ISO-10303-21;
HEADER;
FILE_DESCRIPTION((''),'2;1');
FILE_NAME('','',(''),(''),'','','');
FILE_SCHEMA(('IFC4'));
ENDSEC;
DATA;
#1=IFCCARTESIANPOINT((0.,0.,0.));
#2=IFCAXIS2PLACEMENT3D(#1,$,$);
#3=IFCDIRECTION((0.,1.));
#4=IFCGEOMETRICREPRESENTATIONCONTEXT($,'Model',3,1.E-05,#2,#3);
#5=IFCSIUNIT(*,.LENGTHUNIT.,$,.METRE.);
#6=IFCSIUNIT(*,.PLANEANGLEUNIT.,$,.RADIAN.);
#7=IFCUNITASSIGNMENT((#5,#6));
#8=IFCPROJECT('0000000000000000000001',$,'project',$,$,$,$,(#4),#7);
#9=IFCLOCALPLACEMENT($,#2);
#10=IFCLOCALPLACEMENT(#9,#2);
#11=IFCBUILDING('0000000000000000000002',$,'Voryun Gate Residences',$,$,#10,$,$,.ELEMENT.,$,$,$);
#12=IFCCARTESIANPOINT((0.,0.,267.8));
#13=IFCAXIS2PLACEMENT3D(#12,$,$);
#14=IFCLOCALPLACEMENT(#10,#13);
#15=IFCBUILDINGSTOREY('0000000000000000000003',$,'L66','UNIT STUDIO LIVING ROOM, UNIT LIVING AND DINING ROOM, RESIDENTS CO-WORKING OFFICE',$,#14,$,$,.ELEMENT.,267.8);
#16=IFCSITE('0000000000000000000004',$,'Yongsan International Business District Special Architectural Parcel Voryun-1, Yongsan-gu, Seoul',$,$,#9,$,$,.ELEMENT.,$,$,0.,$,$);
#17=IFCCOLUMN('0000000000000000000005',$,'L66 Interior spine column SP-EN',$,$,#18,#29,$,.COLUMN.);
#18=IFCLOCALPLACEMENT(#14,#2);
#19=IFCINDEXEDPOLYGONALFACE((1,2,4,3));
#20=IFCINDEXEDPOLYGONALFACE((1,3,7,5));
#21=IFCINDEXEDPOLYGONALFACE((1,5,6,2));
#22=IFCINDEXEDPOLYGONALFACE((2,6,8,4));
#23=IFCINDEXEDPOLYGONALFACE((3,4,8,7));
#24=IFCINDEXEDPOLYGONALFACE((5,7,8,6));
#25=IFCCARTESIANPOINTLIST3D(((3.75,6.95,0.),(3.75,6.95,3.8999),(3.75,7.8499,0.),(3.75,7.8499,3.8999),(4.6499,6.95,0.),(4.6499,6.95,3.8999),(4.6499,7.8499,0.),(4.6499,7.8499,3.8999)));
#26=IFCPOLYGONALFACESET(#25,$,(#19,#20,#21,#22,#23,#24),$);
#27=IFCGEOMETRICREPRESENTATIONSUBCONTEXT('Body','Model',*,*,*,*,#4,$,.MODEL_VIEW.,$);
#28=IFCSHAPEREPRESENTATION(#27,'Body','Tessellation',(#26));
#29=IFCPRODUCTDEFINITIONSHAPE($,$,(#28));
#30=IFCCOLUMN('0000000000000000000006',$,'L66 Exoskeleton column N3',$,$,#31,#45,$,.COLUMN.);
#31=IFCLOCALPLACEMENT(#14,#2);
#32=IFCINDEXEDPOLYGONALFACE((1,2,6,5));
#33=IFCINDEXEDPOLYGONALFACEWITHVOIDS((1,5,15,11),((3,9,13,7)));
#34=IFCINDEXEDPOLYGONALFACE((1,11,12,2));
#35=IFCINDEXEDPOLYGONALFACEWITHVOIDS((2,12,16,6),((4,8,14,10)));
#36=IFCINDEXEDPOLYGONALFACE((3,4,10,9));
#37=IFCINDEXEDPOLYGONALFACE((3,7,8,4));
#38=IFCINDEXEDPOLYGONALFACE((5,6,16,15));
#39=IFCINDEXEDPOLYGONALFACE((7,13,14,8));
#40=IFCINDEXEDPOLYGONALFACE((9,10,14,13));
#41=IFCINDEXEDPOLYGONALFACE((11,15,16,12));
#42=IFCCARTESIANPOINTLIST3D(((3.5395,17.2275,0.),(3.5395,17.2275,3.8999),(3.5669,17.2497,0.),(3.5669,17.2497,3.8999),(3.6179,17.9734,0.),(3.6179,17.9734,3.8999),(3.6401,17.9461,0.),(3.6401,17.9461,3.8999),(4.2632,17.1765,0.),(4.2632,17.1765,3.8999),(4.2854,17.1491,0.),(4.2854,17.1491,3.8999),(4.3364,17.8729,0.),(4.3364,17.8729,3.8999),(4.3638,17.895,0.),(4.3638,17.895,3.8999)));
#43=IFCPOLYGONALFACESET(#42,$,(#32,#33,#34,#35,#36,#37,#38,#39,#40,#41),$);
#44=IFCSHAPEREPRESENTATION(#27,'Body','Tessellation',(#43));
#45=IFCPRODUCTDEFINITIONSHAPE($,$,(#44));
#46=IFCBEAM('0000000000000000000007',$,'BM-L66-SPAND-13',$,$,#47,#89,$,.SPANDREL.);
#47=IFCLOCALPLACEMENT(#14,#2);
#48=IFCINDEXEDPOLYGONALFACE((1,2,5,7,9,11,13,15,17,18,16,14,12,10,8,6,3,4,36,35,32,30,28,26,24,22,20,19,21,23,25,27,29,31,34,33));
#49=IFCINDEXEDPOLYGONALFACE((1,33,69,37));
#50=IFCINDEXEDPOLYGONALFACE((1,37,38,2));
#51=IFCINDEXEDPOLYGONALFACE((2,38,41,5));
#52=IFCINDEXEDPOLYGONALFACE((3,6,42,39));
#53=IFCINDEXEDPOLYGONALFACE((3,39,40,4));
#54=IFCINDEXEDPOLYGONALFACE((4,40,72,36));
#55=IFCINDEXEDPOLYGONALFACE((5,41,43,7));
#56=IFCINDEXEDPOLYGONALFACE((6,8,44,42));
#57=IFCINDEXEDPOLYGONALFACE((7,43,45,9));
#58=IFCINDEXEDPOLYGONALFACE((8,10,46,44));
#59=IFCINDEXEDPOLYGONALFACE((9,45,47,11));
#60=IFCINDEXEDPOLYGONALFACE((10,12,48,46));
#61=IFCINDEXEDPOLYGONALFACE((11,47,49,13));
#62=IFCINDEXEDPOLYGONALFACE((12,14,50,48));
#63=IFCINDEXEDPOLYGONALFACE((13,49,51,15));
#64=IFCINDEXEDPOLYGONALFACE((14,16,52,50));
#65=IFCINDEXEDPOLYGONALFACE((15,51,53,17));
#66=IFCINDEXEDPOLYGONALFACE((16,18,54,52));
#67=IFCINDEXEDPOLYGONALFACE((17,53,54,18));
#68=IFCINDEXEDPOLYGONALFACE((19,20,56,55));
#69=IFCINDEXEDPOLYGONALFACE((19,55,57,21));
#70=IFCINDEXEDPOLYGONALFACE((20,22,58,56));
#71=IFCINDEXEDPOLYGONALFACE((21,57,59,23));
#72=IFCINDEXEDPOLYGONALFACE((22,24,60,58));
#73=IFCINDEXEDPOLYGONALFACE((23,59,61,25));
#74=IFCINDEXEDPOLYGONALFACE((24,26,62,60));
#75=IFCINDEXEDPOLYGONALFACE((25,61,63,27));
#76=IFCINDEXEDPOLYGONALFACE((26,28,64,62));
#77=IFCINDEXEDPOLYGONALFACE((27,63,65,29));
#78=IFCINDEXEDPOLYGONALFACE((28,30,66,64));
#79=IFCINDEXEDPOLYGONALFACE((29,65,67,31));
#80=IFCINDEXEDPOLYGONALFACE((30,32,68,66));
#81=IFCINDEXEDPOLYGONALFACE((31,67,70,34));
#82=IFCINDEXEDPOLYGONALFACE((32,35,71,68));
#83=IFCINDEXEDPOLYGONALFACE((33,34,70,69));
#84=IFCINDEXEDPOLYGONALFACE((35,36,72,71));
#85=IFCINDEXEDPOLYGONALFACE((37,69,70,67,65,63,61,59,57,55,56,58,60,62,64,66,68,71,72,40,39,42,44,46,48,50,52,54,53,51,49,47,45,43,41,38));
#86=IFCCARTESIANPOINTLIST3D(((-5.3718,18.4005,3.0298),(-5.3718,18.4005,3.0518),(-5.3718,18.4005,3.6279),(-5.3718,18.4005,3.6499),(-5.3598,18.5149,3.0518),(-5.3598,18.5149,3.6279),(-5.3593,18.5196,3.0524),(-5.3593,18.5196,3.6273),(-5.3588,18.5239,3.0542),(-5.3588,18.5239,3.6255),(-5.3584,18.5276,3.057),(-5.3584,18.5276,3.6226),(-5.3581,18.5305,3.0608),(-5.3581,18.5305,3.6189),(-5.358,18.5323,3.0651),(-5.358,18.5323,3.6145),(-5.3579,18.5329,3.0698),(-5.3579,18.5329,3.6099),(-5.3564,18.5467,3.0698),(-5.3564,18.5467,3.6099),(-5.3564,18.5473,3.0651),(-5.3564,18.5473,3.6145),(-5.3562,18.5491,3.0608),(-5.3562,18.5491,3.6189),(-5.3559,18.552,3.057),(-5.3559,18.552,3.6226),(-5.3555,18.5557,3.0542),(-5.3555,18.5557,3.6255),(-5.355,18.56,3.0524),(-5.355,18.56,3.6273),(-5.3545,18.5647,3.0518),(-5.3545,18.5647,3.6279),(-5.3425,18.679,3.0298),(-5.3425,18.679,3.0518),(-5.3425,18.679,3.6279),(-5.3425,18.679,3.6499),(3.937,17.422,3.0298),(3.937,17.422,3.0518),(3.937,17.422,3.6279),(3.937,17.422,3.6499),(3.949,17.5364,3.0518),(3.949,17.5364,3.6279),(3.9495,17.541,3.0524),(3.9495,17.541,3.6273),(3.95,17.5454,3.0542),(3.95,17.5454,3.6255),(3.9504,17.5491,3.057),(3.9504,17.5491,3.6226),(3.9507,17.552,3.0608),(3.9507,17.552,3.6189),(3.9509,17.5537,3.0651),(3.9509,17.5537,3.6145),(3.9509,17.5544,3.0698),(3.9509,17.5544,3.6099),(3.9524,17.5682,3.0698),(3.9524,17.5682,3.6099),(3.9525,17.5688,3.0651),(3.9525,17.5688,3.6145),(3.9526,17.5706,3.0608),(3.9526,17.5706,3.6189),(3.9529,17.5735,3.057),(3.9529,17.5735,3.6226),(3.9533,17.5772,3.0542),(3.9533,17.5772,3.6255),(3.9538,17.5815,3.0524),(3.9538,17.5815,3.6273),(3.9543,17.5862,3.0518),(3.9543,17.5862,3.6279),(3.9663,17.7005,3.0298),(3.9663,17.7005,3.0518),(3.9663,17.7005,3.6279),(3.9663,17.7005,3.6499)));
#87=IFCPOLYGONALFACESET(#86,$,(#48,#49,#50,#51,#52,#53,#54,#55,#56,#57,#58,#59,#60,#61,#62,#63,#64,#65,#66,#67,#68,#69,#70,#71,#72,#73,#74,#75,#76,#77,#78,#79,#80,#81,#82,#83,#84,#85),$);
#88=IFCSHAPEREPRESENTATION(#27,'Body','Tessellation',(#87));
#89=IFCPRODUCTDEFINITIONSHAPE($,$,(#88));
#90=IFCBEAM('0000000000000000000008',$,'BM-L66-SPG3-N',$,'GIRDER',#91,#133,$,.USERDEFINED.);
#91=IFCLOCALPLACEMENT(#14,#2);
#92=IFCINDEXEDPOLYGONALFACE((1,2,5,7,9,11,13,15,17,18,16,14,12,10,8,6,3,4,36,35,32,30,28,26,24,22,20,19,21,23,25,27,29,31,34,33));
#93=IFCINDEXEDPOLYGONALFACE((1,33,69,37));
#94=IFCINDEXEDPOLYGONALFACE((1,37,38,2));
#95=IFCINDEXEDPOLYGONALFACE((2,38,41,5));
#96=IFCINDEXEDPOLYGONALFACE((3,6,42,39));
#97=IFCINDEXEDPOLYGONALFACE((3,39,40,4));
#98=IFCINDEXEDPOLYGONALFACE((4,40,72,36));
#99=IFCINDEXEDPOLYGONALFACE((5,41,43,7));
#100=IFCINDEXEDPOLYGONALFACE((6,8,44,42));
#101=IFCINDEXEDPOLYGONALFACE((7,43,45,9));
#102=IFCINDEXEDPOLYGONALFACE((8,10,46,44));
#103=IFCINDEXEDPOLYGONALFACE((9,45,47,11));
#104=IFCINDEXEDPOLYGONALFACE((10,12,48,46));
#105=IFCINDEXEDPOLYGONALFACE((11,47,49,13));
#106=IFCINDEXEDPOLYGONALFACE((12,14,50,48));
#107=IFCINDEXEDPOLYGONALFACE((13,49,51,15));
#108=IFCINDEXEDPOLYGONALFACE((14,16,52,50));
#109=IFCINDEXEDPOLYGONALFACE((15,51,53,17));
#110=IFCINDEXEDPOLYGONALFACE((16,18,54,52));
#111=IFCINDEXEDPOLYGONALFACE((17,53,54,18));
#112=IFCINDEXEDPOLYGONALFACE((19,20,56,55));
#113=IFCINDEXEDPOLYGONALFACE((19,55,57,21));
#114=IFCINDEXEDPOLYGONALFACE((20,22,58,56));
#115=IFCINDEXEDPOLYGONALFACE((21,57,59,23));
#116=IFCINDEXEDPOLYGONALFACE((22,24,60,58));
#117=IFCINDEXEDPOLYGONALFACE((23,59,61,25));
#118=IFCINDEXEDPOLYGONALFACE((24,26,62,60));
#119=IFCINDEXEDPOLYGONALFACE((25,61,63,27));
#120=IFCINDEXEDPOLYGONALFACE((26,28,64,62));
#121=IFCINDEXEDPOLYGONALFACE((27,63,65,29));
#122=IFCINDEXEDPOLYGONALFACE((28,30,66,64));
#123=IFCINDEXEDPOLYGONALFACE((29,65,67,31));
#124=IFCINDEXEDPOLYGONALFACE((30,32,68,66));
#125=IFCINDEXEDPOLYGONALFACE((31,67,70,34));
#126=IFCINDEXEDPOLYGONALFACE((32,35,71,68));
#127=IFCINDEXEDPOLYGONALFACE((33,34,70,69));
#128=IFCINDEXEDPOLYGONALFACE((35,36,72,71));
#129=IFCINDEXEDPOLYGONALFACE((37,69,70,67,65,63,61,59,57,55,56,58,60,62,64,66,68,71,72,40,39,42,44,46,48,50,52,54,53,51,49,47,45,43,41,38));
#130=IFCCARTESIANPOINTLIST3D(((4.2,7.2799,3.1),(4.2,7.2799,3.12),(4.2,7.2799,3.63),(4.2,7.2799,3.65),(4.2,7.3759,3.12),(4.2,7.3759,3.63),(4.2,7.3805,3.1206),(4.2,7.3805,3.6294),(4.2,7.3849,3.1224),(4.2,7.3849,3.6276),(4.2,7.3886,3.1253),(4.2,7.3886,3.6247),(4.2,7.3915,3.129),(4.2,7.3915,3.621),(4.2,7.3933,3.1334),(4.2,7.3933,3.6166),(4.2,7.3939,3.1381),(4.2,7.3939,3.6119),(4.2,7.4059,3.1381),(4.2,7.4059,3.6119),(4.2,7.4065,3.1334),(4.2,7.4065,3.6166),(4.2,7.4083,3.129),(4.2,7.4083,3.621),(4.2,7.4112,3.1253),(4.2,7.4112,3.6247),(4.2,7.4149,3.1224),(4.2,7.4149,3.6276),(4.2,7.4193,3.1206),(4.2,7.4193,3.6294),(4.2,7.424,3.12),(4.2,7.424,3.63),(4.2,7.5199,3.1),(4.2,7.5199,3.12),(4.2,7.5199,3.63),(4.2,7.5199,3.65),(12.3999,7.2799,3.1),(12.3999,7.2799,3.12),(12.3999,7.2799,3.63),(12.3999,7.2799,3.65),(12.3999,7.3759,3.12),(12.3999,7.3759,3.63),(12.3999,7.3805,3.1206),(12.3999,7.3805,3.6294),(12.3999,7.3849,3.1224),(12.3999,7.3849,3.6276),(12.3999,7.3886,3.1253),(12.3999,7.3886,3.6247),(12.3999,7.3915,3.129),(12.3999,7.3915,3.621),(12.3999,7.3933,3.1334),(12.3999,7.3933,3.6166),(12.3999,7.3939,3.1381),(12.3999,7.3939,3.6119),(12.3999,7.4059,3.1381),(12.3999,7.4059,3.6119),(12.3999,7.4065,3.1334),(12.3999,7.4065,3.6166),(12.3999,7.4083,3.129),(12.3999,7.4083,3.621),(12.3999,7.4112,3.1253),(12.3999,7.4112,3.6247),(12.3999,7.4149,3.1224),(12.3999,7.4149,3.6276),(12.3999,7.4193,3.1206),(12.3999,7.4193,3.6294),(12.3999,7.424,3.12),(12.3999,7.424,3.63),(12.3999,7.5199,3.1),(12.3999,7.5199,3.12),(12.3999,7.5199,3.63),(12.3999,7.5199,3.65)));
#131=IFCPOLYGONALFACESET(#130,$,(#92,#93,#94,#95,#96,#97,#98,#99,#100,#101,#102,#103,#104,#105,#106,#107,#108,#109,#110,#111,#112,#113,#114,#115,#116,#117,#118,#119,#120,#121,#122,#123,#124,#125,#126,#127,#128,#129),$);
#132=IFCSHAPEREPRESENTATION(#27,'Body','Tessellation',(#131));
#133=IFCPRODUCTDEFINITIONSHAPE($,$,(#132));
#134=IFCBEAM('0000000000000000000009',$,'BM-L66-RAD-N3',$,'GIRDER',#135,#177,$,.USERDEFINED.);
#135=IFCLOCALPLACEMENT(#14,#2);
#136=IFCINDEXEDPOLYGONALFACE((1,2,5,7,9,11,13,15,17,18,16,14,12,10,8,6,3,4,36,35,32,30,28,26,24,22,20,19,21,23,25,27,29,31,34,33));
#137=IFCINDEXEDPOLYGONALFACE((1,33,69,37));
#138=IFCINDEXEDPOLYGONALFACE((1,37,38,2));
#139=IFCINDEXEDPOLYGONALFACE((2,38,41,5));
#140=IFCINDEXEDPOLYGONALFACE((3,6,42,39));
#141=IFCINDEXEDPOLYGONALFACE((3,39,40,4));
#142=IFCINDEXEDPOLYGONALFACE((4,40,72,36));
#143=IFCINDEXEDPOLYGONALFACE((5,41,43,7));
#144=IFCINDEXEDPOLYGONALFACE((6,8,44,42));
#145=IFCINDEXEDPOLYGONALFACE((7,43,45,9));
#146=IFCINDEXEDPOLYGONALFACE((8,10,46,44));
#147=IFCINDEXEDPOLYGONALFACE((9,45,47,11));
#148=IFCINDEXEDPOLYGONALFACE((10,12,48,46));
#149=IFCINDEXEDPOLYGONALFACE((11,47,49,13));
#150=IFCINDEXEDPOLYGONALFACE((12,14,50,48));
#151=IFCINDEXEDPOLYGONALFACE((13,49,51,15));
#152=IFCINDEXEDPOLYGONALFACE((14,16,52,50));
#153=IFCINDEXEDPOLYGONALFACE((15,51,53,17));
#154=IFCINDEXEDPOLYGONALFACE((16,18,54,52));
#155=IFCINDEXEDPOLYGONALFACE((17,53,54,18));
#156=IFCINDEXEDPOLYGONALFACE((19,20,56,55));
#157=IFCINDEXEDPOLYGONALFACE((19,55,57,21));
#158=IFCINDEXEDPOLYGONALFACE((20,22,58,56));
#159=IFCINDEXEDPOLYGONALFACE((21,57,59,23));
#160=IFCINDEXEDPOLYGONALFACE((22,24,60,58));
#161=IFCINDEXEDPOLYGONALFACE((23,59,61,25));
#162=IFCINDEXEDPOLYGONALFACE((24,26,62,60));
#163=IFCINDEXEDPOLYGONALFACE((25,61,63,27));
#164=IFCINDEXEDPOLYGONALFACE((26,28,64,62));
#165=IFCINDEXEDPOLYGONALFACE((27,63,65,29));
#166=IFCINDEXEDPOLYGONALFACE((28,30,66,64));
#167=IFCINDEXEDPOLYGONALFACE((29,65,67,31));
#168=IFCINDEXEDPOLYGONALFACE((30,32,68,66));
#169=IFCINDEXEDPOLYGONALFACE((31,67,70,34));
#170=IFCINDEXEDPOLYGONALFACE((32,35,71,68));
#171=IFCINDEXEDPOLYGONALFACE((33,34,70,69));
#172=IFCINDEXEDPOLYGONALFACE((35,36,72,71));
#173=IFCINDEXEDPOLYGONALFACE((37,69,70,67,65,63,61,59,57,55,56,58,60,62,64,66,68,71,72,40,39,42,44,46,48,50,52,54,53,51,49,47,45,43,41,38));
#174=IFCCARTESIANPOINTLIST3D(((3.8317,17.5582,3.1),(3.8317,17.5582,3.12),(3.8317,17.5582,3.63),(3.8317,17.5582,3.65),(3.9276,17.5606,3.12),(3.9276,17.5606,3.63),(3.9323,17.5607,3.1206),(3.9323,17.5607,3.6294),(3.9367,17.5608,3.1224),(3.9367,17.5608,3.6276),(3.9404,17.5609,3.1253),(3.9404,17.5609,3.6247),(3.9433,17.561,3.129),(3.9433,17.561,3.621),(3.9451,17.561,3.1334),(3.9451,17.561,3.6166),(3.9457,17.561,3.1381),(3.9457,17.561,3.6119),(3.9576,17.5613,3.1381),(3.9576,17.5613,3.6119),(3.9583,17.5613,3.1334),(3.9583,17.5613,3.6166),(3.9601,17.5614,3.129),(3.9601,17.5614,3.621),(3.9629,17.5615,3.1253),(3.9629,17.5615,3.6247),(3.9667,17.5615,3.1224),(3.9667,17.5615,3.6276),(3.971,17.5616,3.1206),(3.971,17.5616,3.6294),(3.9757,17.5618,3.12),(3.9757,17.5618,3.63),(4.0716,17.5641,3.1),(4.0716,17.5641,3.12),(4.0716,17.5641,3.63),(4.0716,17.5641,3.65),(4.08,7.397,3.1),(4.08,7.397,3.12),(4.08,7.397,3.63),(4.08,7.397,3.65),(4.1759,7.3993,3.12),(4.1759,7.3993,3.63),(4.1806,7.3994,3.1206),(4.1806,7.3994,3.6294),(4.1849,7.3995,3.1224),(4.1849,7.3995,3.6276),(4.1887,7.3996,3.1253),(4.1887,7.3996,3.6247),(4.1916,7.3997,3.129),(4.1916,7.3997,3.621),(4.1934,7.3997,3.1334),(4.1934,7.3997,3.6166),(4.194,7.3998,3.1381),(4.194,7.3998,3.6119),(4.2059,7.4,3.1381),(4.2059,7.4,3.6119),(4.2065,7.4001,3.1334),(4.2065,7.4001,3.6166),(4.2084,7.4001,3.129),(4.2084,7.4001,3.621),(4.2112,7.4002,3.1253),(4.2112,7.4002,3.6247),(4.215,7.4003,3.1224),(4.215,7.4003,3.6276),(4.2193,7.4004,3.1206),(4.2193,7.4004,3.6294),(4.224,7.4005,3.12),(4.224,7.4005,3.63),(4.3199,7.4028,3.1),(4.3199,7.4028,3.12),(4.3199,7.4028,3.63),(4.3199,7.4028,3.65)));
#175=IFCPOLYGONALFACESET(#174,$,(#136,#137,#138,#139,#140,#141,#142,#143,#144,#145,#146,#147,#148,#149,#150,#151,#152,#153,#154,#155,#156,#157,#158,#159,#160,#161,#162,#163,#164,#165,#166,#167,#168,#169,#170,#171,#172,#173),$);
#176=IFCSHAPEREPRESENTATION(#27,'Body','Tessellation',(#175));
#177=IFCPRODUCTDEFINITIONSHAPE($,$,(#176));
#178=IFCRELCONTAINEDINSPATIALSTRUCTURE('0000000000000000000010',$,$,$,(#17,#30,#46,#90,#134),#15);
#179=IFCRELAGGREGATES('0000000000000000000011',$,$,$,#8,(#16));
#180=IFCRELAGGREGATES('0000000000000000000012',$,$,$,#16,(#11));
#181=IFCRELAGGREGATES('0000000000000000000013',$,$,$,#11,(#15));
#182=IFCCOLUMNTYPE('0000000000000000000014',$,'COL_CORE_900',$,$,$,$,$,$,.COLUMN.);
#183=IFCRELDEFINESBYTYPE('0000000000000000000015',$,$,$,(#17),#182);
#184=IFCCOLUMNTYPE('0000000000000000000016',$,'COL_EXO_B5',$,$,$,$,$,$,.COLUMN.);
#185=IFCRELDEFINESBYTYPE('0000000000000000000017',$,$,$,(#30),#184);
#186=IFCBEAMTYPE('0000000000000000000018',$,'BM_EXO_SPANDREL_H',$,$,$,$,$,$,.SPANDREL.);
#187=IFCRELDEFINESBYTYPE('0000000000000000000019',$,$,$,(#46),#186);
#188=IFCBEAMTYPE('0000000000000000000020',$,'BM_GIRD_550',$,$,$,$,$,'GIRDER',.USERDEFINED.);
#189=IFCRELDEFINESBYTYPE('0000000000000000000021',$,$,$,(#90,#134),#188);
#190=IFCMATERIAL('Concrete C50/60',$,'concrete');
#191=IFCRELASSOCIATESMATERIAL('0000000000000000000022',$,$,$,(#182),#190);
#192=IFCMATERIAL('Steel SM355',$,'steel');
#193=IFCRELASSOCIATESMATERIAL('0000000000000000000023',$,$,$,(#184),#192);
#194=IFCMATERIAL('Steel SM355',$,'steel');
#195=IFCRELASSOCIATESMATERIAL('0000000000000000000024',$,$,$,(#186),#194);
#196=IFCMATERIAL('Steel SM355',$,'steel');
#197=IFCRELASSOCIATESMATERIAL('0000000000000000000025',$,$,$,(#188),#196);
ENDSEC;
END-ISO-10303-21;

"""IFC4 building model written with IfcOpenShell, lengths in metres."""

from ifc_helpers import new_model, si_unit, direction, frame, origin, origin_2d, place, context, subcontext, project, spatial, rectangle, hollow_rectangle, i_section, extrude, material, material_profile, profile_set, type_object, element, save


model = new_model("IFC4")

# Units and contexts
model_context = context("Model", 3, precision=1e-05, world=origin(), true_north=direction((0.0, 1.0)))
body_context = subcontext(model_context, "Body", "Model", "MODEL_VIEW")
ifc_project = project(units=[si_unit("LENGTHUNIT", "METRE"), si_unit("PLANEANGLEUNIT", "RADIAN")], contexts=[model_context])

# Site, building, storey
site_placement = place(None, origin())
site = spatial("IfcSite", under=ifc_project, at=site_placement, Name="Yongsan International Business District Special Architectural Parcel Voryun-1, Yongsan-gu, Seoul", CompositionType="ELEMENT", RefElevation=0.0)
building_placement = place(site_placement, origin())
building = spatial("IfcBuilding", under=site, at=building_placement, Name="Voryun Gate Residences", CompositionType="ELEMENT")
storey_placement = place(building_placement, frame((0.0, 0.0, 267.8)))
storey = spatial("IfcBuildingStorey", under=building, at=storey_placement, Name="L66", Description="UNIT STUDIO LIVING ROOM, UNIT LIVING AND DINING ROOM, RESIDENTS CO-WORKING OFFICE", CompositionType="ELEMENT", Elevation=267.8)

# Columns
ifc_material_1 = material(Name="Concrete C50/60", Category="concrete")
ifc_material_profile_1 = material_profile(ifc_material_1, rectangle(XDim=0.8999, YDim=0.8999, at=origin_2d()), Name="RC-900x900")
ifc_profile_set_1 = profile_set([ifc_material_profile_1], Name="Concrete C50/60")
column_type_1 = type_object("IfcColumnType", Name="COL_CORE_900", PredefinedType="COLUMN", material=ifc_profile_set_1)
column_1_placement = place(storey_placement, frame((4.2, 7.3999, 0.0), z_axis=(0.0, 0.0, 1.0), x_axis=(1.0, 0.0, 0.0)))
element("IfcColumn", 1, at=column_1_placement, inside=storey, type_object=column_type_1, Name="L66 Interior spine column SP-EN", PredefinedType="COLUMN", context=body_context, shape_type="SweptSolid", body=[
    extrude(rectangle(XDim=0.8999, YDim=0.8999, at=origin_2d()), origin(), (0.0, 0.0, 1.0), 3.8999),
])
ifc_material_2 = material(Name="Steel SM355", Category="steel")
ifc_material_profile_2 = material_profile(ifc_material_2, hollow_rectangle(XDim=0.75, YDim=0.75, WallThickness=0.0249, at=origin_2d()), Name="BOX-750x750x25")
ifc_profile_set_2 = profile_set([ifc_material_profile_2], Name="Steel SM355")
column_type_2 = type_object("IfcColumnType", Name="COL_EXO_B5", PredefinedType="COLUMN", material=ifc_profile_set_2)
column_2_placement = place(storey_placement, frame((3.9517, 17.5613, 0.0), z_axis=(0.0, 0.0, 1.0), x_axis=(0.994522, -0.104528, 0.0)))
element("IfcColumn", 2, at=column_2_placement, inside=storey, type_object=column_type_2, Name="L66 Exoskeleton column N3", PredefinedType="COLUMN", context=body_context, shape_type="SweptSolid", body=[
    extrude(hollow_rectangle(XDim=0.75, YDim=0.75, WallThickness=0.0249, at=origin_2d()), origin(), (0.0, 0.0, 1.0), 3.8999),
])

# Beams
ifc_material_3 = material(Name="Steel SM355", Category="steel")
ifc_material_profile_3 = material_profile(ifc_material_3, i_section(OverallWidth=0.28, OverallDepth=0.6201, WebThickness=0.0139, FlangeThickness=0.022, FilletRadius=0.0181, at=origin_2d()), Name="H-620x280x14x22")
ifc_profile_set_3 = profile_set([ifc_material_profile_3], Name="Steel SM355")
beam_type_1 = type_object("IfcBeamType", Name="BM_EXO_SPANDREL_H", PredefinedType="SPANDREL", material=ifc_profile_set_3)
beam_1_placement = place(storey_placement, frame((3.9517, 17.5613, 3.3398), z_axis=(-0.994521, 0.104541, 0.0), x_axis=(-0.104541, -0.994521, 0.0)))
element("IfcBeam", 3, at=beam_1_placement, inside=storey, type_object=beam_type_1, Name="BM-L66-SPAND-13", PredefinedType="SPANDREL", context=body_context, shape_type="SweptSolid", body=[
    extrude(i_section(OverallWidth=0.28, OverallDepth=0.6201, WebThickness=0.0139, FlangeThickness=0.022, FilletRadius=0.0181, at=origin_2d()), origin(), (0.0, 0.0, 1.0), 9.3601),
])
ifc_material_4 = material(Name="Steel SM355", Category="steel")
ifc_material_profile_4 = material_profile(ifc_material_4, i_section(OverallWidth=0.24, OverallDepth=0.55, WebThickness=0.012, FlangeThickness=0.02, FilletRadius=0.0181, at=origin_2d()), Name="H-550x240x12x20")
ifc_profile_set_4 = profile_set([ifc_material_profile_4], Name="Steel SM355")
beam_type_2 = type_object("IfcBeamType", Name="BM_GIRD_550", ElementType="GIRDER", PredefinedType="USERDEFINED", material=ifc_profile_set_4)
beam_2_placement = place(storey_placement, frame((4.2, 7.3999, 3.375), z_axis=(1.0, 0.0, 0.0), x_axis=(0.0, 1.0, 0.0)))
element("IfcBeam", 4, at=beam_2_placement, inside=storey, type_object=beam_type_2, Name="BM-L66-SPG3-N", ObjectType="GIRDER", PredefinedType="USERDEFINED", context=body_context, shape_type="SweptSolid", body=[
    extrude(i_section(OverallWidth=0.24, OverallDepth=0.55, WebThickness=0.012, FlangeThickness=0.02, FilletRadius=0.0181, at=origin_2d()), origin(), (0.0, 0.0, 1.0), 8.2),
])
beam_3_placement = place(storey_placement, frame((4.2, 7.3999, 3.375), z_axis=(-0.024427, 0.999702, 0.0), x_axis=(-0.999702, -0.024427, 0.0)))
element("IfcBeam", 5, at=beam_3_placement, inside=storey, type_object=beam_type_2, Name="BM-L66-RAD-N3", ObjectType="GIRDER", PredefinedType="USERDEFINED", context=body_context, shape_type="SweptSolid", body=[
    extrude(i_section(OverallWidth=0.24, OverallDepth=0.55, WebThickness=0.012, FlangeThickness=0.02, FilletRadius=0.0181, at=origin_2d()), origin(), (0.0, 0.0, 1.0), 10.1643),
])

save(model, "model.ifc")
